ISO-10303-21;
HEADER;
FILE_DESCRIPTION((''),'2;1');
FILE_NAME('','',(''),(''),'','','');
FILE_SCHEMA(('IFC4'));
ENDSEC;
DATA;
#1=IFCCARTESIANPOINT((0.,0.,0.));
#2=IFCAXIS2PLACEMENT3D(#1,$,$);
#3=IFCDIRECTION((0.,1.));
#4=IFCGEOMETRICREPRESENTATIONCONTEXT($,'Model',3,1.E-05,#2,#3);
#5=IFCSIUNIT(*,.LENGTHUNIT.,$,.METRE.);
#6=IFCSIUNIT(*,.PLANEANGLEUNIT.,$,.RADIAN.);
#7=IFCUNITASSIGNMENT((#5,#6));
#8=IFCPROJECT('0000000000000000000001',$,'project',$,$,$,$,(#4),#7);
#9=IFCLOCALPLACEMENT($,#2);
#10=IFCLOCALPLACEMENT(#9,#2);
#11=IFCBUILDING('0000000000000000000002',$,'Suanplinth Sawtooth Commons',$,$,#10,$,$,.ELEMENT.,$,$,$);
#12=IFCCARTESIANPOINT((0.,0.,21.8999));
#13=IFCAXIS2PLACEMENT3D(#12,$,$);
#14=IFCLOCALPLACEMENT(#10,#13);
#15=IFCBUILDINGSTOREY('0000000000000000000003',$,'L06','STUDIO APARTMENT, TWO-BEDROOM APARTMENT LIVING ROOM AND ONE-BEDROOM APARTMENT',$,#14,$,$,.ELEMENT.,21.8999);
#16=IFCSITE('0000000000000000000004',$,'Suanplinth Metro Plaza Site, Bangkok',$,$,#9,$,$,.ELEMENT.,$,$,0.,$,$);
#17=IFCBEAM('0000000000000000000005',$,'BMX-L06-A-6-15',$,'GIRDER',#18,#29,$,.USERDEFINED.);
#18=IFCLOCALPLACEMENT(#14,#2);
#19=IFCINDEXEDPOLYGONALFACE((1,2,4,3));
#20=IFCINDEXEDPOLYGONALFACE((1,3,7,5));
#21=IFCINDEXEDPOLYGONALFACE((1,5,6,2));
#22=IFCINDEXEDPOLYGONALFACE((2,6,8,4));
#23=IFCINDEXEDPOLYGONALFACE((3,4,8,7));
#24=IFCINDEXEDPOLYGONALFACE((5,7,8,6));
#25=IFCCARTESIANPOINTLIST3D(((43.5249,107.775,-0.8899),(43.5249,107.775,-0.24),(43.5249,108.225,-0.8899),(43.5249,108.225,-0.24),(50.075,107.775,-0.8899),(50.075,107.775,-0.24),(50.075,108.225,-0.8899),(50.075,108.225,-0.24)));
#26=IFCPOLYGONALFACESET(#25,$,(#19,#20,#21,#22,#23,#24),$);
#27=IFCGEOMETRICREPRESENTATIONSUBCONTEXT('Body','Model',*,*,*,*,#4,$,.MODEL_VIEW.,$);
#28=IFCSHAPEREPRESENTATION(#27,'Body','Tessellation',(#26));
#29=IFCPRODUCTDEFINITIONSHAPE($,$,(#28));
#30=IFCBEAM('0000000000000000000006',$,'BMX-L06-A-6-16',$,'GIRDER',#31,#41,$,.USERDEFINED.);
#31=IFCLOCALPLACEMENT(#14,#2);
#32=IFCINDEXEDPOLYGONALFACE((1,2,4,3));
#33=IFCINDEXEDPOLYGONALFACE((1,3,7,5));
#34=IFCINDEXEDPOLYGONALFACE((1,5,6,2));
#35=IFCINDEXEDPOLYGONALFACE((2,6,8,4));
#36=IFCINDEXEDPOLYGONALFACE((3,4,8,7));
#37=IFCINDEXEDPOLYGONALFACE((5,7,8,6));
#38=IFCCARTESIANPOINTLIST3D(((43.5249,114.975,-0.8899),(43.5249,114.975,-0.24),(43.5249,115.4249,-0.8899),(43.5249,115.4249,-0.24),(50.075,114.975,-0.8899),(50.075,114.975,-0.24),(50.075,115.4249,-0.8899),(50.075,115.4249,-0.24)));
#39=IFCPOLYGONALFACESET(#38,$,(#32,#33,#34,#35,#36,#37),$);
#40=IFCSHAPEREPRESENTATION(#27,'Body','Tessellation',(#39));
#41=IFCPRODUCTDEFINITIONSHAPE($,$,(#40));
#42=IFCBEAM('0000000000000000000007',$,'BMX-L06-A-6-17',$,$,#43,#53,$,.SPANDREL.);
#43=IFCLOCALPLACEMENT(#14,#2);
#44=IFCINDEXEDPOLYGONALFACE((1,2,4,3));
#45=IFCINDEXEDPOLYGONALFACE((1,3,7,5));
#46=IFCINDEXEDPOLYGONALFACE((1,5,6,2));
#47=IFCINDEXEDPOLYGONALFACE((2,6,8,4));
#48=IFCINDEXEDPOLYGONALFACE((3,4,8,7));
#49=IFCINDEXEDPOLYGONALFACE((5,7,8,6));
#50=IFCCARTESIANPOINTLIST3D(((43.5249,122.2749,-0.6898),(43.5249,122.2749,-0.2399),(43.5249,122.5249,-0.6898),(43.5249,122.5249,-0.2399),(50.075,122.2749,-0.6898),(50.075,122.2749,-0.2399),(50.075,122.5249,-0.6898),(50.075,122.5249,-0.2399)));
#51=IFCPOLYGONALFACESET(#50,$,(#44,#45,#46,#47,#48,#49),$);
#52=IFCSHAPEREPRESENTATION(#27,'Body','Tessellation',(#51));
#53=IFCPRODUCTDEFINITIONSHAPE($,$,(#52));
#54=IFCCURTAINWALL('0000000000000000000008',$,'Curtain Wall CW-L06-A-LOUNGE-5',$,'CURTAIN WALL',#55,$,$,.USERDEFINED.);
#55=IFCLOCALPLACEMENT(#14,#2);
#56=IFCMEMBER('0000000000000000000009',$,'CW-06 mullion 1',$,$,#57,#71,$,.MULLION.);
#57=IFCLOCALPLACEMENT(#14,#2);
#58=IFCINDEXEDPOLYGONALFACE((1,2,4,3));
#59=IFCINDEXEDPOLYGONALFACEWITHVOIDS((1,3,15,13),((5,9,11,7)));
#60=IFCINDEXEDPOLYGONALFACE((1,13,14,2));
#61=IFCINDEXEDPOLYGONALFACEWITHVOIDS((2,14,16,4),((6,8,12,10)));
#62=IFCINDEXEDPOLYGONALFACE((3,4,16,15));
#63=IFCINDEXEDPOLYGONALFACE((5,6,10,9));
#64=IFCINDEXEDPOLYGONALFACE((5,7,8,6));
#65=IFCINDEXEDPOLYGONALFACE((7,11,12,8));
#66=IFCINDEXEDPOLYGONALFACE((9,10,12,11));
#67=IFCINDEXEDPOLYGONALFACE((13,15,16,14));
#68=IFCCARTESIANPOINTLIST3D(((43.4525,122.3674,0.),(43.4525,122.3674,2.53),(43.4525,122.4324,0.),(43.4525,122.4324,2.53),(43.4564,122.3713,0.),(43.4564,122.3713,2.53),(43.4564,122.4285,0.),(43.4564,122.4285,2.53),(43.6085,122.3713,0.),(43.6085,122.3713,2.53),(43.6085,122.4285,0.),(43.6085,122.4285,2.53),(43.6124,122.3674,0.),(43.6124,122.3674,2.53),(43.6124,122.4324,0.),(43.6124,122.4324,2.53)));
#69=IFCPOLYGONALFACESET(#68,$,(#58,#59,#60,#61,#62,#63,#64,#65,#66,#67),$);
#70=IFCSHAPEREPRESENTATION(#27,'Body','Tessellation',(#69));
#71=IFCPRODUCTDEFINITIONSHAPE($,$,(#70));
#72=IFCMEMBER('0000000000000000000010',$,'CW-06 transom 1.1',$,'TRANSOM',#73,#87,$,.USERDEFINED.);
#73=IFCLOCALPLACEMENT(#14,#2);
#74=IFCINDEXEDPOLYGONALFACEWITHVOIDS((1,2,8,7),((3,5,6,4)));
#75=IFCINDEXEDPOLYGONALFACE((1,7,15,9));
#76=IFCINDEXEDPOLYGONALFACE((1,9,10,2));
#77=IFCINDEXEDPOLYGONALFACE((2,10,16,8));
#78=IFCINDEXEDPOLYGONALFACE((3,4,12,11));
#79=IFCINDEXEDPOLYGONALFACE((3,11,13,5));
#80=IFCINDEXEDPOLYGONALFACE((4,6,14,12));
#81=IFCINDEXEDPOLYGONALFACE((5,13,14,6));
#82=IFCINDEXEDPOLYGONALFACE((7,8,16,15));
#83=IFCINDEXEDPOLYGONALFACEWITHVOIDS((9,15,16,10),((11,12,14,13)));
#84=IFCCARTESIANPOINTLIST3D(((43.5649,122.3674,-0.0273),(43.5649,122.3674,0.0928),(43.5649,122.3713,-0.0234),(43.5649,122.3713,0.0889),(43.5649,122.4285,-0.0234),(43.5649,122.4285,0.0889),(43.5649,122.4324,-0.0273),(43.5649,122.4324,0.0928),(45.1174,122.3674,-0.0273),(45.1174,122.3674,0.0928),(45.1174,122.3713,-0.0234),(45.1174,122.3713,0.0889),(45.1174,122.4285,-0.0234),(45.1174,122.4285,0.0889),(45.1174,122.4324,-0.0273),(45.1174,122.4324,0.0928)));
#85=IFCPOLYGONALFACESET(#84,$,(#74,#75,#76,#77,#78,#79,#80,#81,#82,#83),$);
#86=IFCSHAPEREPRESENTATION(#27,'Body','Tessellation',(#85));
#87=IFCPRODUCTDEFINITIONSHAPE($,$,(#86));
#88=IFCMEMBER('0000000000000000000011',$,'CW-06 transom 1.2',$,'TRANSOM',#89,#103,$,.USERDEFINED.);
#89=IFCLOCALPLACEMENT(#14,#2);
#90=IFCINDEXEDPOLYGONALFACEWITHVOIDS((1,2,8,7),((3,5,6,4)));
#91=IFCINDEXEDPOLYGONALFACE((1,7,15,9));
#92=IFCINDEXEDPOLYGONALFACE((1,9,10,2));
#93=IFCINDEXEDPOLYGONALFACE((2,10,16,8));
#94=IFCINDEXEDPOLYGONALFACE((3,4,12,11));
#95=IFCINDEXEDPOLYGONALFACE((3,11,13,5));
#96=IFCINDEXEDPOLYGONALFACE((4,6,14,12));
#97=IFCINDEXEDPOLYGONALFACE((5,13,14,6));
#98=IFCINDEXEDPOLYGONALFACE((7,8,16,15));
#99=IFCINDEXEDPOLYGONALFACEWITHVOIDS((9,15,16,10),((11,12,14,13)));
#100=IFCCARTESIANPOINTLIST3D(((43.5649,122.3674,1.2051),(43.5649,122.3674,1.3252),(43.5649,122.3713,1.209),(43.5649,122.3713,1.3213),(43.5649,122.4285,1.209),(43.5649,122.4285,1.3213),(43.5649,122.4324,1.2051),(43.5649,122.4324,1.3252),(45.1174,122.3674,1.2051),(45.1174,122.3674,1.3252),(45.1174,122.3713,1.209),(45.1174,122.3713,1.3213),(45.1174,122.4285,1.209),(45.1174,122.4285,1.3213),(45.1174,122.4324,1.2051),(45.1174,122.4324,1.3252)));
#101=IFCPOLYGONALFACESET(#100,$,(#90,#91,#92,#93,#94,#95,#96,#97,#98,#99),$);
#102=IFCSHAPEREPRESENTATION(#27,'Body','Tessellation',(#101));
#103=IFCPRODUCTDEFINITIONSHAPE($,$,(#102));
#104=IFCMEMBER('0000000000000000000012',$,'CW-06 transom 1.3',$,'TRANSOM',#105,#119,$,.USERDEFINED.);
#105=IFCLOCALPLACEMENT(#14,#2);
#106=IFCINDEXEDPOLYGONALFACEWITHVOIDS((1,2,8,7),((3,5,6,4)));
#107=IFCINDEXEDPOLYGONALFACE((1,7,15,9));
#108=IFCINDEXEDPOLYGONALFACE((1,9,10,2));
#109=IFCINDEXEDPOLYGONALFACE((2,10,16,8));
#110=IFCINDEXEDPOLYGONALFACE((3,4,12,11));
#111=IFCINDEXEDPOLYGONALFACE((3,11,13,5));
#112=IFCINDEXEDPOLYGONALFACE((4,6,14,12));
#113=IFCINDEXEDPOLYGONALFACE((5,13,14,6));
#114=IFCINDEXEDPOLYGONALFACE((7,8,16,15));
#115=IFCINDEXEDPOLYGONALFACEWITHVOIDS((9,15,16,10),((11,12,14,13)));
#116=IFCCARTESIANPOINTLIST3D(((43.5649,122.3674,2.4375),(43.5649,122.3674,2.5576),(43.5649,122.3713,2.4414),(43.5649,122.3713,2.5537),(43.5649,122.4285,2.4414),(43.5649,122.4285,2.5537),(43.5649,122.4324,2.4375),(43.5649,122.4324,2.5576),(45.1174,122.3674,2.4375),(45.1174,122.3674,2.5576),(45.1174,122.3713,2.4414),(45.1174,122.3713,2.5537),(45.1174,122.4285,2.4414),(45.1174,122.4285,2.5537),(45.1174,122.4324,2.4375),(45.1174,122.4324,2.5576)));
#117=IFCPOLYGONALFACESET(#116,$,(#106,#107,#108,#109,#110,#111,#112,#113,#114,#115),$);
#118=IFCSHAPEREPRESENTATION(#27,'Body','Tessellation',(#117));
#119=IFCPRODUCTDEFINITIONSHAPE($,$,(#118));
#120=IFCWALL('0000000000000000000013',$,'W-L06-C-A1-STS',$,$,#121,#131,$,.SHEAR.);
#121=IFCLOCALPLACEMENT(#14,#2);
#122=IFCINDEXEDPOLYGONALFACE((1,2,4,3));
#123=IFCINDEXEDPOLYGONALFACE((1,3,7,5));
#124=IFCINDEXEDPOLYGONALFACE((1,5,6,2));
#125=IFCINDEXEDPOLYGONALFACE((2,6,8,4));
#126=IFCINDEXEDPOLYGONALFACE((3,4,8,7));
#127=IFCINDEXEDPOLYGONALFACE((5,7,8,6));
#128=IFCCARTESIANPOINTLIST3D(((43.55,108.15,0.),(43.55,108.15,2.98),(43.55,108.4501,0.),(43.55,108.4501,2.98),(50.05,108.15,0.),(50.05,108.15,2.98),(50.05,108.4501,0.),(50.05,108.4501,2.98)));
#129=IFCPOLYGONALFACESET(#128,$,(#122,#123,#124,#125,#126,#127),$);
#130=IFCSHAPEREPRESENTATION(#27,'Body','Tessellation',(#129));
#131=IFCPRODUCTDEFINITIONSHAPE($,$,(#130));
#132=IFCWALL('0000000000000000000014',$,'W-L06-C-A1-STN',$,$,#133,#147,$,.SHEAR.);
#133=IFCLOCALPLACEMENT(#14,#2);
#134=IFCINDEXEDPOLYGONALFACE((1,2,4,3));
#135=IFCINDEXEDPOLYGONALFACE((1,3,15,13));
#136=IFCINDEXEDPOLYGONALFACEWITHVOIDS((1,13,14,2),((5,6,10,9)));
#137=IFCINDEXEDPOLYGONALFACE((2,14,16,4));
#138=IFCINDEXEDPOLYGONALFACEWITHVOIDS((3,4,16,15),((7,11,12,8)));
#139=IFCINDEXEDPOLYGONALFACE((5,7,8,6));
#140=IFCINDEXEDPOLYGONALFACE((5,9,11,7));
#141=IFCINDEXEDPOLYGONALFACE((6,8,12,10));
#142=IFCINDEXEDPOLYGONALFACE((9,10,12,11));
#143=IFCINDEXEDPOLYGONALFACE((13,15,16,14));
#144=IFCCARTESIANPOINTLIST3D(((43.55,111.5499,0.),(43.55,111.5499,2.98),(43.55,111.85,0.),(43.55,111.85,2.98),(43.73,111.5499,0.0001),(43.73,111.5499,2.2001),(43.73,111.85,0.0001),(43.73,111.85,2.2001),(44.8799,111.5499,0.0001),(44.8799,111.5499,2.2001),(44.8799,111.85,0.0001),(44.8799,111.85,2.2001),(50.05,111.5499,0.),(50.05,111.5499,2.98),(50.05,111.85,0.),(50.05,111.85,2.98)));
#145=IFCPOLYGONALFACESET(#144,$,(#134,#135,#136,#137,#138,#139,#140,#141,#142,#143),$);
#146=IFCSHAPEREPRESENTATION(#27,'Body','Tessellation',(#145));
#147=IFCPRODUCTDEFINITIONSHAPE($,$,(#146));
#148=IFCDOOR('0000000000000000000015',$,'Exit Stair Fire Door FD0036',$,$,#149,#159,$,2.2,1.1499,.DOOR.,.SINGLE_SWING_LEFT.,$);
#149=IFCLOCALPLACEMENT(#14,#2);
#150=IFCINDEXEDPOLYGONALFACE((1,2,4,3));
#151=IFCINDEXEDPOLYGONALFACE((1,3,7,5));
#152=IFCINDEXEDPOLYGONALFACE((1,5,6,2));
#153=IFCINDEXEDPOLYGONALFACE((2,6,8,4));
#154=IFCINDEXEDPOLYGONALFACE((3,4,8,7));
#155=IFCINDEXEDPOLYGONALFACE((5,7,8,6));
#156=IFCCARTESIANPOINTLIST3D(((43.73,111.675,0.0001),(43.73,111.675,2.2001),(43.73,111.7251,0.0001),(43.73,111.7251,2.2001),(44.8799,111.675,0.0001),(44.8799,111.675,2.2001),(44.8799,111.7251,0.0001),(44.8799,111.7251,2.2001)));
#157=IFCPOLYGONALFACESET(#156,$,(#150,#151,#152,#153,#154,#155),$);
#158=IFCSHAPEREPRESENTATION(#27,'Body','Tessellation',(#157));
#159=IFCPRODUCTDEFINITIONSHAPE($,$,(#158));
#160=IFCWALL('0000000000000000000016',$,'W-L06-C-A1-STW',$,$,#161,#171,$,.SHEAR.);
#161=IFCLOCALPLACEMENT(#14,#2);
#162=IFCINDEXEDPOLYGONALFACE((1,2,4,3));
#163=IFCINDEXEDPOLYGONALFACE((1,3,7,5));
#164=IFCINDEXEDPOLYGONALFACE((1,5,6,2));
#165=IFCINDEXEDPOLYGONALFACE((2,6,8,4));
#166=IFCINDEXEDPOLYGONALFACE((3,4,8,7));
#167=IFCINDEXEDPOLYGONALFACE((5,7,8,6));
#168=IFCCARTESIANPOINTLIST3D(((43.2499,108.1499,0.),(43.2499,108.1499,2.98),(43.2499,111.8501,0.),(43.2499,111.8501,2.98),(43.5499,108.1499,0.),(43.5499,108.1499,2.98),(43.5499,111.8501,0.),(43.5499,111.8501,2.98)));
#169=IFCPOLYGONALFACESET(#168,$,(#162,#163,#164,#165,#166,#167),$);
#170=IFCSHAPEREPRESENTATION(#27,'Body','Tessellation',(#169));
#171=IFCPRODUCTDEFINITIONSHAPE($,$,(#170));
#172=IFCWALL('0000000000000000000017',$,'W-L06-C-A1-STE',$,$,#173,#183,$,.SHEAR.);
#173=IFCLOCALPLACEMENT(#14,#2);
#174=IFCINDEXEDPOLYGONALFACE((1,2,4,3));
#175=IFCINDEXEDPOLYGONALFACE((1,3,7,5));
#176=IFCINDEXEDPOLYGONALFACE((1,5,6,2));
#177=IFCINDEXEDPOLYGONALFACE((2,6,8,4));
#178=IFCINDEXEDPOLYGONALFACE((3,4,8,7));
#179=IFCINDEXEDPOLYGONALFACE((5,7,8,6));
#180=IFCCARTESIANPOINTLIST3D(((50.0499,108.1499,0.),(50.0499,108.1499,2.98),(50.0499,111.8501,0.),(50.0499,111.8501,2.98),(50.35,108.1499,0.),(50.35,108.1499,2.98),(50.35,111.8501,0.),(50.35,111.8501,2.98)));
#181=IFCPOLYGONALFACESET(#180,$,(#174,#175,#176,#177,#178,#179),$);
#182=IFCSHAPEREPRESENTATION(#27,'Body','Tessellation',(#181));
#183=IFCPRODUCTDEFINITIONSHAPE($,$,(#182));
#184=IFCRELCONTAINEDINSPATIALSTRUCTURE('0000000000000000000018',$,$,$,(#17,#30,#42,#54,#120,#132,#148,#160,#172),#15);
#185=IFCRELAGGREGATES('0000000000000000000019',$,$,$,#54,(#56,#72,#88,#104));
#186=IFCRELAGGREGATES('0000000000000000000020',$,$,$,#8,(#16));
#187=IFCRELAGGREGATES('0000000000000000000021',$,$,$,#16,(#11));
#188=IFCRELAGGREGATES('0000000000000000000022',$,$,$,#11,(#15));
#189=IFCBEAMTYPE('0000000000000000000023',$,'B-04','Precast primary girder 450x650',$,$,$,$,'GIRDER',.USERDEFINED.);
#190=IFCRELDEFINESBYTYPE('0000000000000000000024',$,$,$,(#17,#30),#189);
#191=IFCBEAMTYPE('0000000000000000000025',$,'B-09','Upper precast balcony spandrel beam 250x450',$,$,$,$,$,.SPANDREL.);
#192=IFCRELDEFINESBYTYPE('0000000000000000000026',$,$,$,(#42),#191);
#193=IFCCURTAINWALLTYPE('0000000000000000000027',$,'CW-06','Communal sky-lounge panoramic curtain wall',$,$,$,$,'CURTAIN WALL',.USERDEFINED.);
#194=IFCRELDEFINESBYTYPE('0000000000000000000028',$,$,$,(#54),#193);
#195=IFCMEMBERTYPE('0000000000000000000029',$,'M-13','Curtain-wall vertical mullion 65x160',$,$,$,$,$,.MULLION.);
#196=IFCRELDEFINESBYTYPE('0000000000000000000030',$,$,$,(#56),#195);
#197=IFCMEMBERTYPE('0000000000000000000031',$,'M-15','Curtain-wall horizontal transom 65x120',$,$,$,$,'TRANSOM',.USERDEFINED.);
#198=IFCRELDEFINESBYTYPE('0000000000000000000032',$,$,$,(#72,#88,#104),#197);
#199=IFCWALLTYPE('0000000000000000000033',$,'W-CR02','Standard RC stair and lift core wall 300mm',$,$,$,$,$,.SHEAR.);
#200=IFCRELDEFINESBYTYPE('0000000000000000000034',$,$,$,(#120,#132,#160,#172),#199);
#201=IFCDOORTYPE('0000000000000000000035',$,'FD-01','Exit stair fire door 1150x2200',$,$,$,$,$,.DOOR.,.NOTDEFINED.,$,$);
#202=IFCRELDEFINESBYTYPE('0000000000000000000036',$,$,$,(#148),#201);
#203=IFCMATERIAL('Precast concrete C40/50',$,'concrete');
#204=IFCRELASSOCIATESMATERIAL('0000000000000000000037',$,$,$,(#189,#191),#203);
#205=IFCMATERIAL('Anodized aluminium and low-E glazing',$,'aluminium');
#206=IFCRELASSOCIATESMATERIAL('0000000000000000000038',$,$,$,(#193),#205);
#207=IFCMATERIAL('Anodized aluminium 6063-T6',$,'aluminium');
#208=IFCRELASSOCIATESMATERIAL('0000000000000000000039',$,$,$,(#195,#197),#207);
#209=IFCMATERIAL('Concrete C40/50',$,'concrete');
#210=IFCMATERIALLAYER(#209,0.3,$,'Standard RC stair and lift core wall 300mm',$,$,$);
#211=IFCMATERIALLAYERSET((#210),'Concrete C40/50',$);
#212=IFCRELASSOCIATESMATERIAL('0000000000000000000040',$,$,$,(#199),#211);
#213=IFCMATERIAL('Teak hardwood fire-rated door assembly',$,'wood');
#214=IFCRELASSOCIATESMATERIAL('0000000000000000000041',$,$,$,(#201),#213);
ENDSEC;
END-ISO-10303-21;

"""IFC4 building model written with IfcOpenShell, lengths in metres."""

from ifc_helpers import new_model, si_unit, direction, frame, frame_2d, origin, origin_2d, place, context, subcontext, project, spatial, rectangle, hollow_rectangle, extrude, material, layer, layer_set, material_profile, profile_set, type_object, element, fill, aggregate, save


model = new_model("IFC4")

# Units and contexts
model_context = context("Model", 3, precision=1e-05, world=origin(), true_north=direction((0.0, 1.0)))
body_context = subcontext(model_context, "Body", "Model", "MODEL_VIEW")
ifc_project = project(units=[si_unit("LENGTHUNIT", "METRE"), si_unit("PLANEANGLEUNIT", "RADIAN")], contexts=[model_context])

# Site, building, storey
site_placement = place(None, origin())
site = spatial("IfcSite", under=ifc_project, at=site_placement, Name="Suanplinth Metro Plaza Site, Bangkok", CompositionType="ELEMENT", RefElevation=0.0)
building_placement = place(site_placement, origin())
building = spatial("IfcBuilding", under=site, at=building_placement, Name="Suanplinth Sawtooth Commons", CompositionType="ELEMENT")
storey_placement = place(building_placement, frame((0.0, 0.0, 21.8999)))
storey = spatial("IfcBuildingStorey", under=building, at=storey_placement, Name="L06", Description="STUDIO APARTMENT, TWO-BEDROOM APARTMENT LIVING ROOM AND ONE-BEDROOM APARTMENT", CompositionType="ELEMENT", Elevation=21.8999)

# Beams
ifc_material_1 = material(Name="Precast concrete C40/50", Category="concrete")
ifc_material_profile_1 = material_profile(ifc_material_1, rectangle(XDim=0.45, YDim=0.6499, at=origin_2d()), Name="PC-GDR 450x650")
ifc_profile_set_1 = profile_set([ifc_material_profile_1], Name="Precast concrete C40/50")
beam_type_1 = type_object("IfcBeamType", Name="B-04", Description="Precast primary girder 450x650", ElementType="GIRDER", PredefinedType="USERDEFINED", material=ifc_profile_set_1)
for number, where, z_axis, x_axis, name in (
    (1, (43.5249, 108.0, -0.5649), (1.0, 0.0, 0.0), (0.0, 1.0, 0.0), "BMX-L06-A-6-15"),
    (2, (43.5249, 115.2, -0.5649), (1.0, 0.0, 0.0), (0.0, 1.0, 0.0), "BMX-L06-A-6-16"),
):
    element("IfcBeam", number, at=place(storey_placement, frame(where, z_axis=z_axis, x_axis=x_axis)), inside=storey, type_object=beam_type_1, Name=name, ObjectType="GIRDER", PredefinedType="USERDEFINED", context=body_context, shape_type="SweptSolid", body=[
        extrude(rectangle(XDim=0.45, YDim=0.6499, at=origin_2d()), origin(), (0.0, 0.0, 1.0), 6.55),
    ])
ifc_material_profile_2 = material_profile(ifc_material_1, rectangle(XDim=0.25, YDim=0.45, at=origin_2d()), Name="PC-SP 250x450")
ifc_profile_set_2 = profile_set([ifc_material_profile_2], Name="Precast concrete C40/50")
beam_type_2 = type_object("IfcBeamType", Name="B-09", Description="Upper precast balcony spandrel beam 250x450", PredefinedType="SPANDREL", material=ifc_profile_set_2)
beam_placement = place(storey_placement, frame((43.5249, 122.3999, -0.4648), z_axis=(1.0, 0.0, 0.0), x_axis=(0.0, 1.0, 0.0)))
element("IfcBeam", 3, at=beam_placement, inside=storey, type_object=beam_type_2, Name="BMX-L06-A-6-17", PredefinedType="SPANDREL", context=body_context, shape_type="SweptSolid", body=[
    extrude(rectangle(XDim=0.25, YDim=0.45, at=origin_2d()), origin(), (0.0, 0.0, 1.0), 6.55),
])

# Curtain wall, members
ifc_material_2 = material(Name="Anodized aluminium and low-E glazing", Category="aluminium")
curtain_wall_type = type_object("IfcCurtainWallType", Name="CW-06", Description="Communal sky-lounge panoramic curtain wall", ElementType="CURTAIN WALL", PredefinedType="USERDEFINED", material=ifc_material_2)
curtain_wall_placement = place(storey_placement, origin())
curtain_wall = element("IfcCurtainWall", 4, at=curtain_wall_placement, inside=storey, type_object=curtain_wall_type, Name="Curtain Wall CW-L06-A-LOUNGE-5", ObjectType="CURTAIN WALL", PredefinedType="USERDEFINED")
ifc_material_3 = material(Name="Anodized aluminium 6063-T6", Category="aluminium")
ifc_material_profile_3 = material_profile(ifc_material_3, hollow_rectangle(XDim=0.0649, YDim=0.1599, WallThickness=0.0039, at=origin_2d()), Name="ALU-MUL 65x160")
ifc_profile_set_3 = profile_set([ifc_material_profile_3], Name="Anodized aluminium 6063-T6")
member_type_1 = type_object("IfcMemberType", Name="M-13", Description="Curtain-wall vertical mullion 65x160", PredefinedType="MULLION", material=ifc_profile_set_3)
member_1_placement = place(storey_placement, frame((43.5325, 122.3999, 0.0), z_axis=(0.0, 0.0, 1.0), x_axis=(0.0, 1.0, 0.0)))
member_1 = element("IfcMember", 5, at=member_1_placement, type_object=member_type_1, Name="CW-06 mullion 1", PredefinedType="MULLION", context=body_context, shape_type="SweptSolid", body=[
    extrude(hollow_rectangle(XDim=0.0649, YDim=0.1599, WallThickness=0.0039, at=origin_2d()), origin(), (0.0, 0.0, 1.0), 2.53),
])
ifc_material_profile_4 = material_profile(ifc_material_3, hollow_rectangle(XDim=0.0649, YDim=0.1201, WallThickness=0.0039, at=origin_2d()), Name="ALU-TRN 65x120")
ifc_profile_set_4 = profile_set([ifc_material_profile_4], Name="Anodized aluminium 6063-T6")
member_type_2 = type_object("IfcMemberType", Name="M-15", Description="Curtain-wall horizontal transom 65x120", ElementType="TRANSOM", PredefinedType="USERDEFINED", material=ifc_profile_set_4)
member_2_placement = place(storey_placement, frame((43.5649, 122.3999, 0.0327), z_axis=(1.0, 0.0, 0.0), x_axis=(0.0, 1.0, 0.0)))
member_2 = element("IfcMember", 6, at=member_2_placement, type_object=member_type_2, Name="CW-06 transom 1.1", ObjectType="TRANSOM", PredefinedType="USERDEFINED", context=body_context, shape_type="SweptSolid", body=[
    extrude(hollow_rectangle(XDim=0.0649, YDim=0.1201, WallThickness=0.0039, at=origin_2d()), origin(), (0.0, 0.0, 1.0), 1.5525),
])
member_3_placement = place(storey_placement, frame((43.5649, 122.3999, 1.2651), z_axis=(1.0, 0.0, 0.0), x_axis=(0.0, 1.0, 0.0)))
member_3 = element("IfcMember", 7, at=member_3_placement, type_object=member_type_2, Name="CW-06 transom 1.2", ObjectType="TRANSOM", PredefinedType="USERDEFINED", context=body_context, shape_type="SweptSolid", body=[
    extrude(hollow_rectangle(XDim=0.0649, YDim=0.1201, WallThickness=0.0039, at=origin_2d()), origin(), (0.0, 0.0, 1.0), 1.5525),
])
member_4_placement = place(storey_placement, frame((43.5649, 122.3999, 2.4976), z_axis=(1.0, 0.0, 0.0), x_axis=(0.0, 1.0, 0.0)))
member_4 = element("IfcMember", 8, at=member_4_placement, type_object=member_type_2, Name="CW-06 transom 1.3", ObjectType="TRANSOM", PredefinedType="USERDEFINED", context=body_context, shape_type="SweptSolid", body=[
    extrude(hollow_rectangle(XDim=0.0649, YDim=0.1201, WallThickness=0.0039, at=origin_2d()), origin(), (0.0, 0.0, 1.0), 1.5525),
])
aggregate(curtain_wall, [member_1, member_2, member_3, member_4])

# Wall
ifc_material_4 = material(Name="Concrete C40/50", Category="concrete")
ifc_layer_1 = layer(ifc_material_4, 0.3, Name="Standard RC stair and lift core wall 300mm")
ifc_layer_set_1 = layer_set([ifc_layer_1], Name="Concrete C40/50")
wall_type_1 = type_object("IfcWallType", Name="W-CR02", Description="Standard RC stair and lift core wall 300mm", PredefinedType="SHEAR", material=ifc_layer_set_1)
wall_1_placement = place(storey_placement, frame((43.55, 108.3, 0.0), z_axis=(0.0, 0.0, 1.0), x_axis=(1.0, 0.0, 0.0)))
element("IfcWall", 9, at=wall_1_placement, inside=storey, type_object=wall_type_1, Name="W-L06-C-A1-STS", PredefinedType="SHEAR", context=body_context, shape_type="SweptSolid", body=[
    extrude(rectangle(XDim=6.5, YDim=0.3, at=frame_2d((3.25, 0.0))), origin(), (0.0, 0.0, 1.0), 2.98),
])

# Wall, opening, door
wall_2_placement = place(storey_placement, frame((43.55, 111.7, 0.0), z_axis=(0.0, 0.0, 1.0), x_axis=(1.0, 0.0, 0.0)))
wall_2 = element("IfcWall", 10, at=wall_2_placement, inside=storey, type_object=wall_type_1, Name="W-L06-C-A1-STN", PredefinedType="SHEAR", context=body_context, shape_type="SweptSolid", body=[
    extrude(rectangle(XDim=6.5, YDim=0.3, at=frame_2d((3.25, 0.0))), origin(), (0.0, 0.0, 1.0), 2.98),
])
opening_1_placement = place(wall_2_placement, frame((0.1799, 0.0, 0.0)))
opening_1 = element("IfcOpeningElement", 11, at=opening_1_placement, cuts=wall_2, PredefinedType="OPENING", context=body_context, shape_type="SweptSolid", body=[
    extrude(rectangle(XDim=1.1499, YDim=2.2, at=frame_2d((0.575, 1.1001))), frame((0.0, 0.165, 0.0), z_axis=(0.0, -1.0, 0.0), x_axis=(1.0, 0.0, 0.0)), (0.0, 0.0, 1.0), 0.3298),
])
ifc_material_5 = material(Name="Teak hardwood fire-rated door assembly", Category="wood")
door_type_1 = type_object("IfcDoorType", Name="FD-01", Description="Exit stair fire door 1150x2200", OperationType="NOTDEFINED", PredefinedType="DOOR", material=ifc_material_5)
door_1_placement = place(opening_1_placement, frame((1.1499, 0.0, 0.0), z_axis=(0.0, 0.0, 1.0), x_axis=(-1.0, 0.0, 0.0)))
door_1 = element("IfcDoor", 12, at=door_1_placement, inside=storey, type_object=door_type_1, Name="Exit Stair Fire Door FD0036", OperationType="SINGLE_SWING_LEFT", OverallHeight=2.2, OverallWidth=1.1499, PredefinedType="DOOR", context=body_context, shape_type="SweptSolid", body=[
    extrude(rectangle(XDim=1.1499, YDim=2.2, at=frame_2d((0.575, 1.1001))), frame((0.0, 0.0249, 0.0), z_axis=(0.0, -1.0, 0.0), x_axis=(1.0, 0.0, 0.0)), (0.0, 0.0, 1.0), 0.05),
])
fill(opening_1, door_1)

# Walls
for number, where, z_axis, x_axis, name in (
    (13, (43.3999, 108.1499, 0.0), (0.0, 0.0, 1.0), (0.0, 1.0, 0.0), "W-L06-C-A1-STW"),
    (14, (50.2, 108.1499, 0.0), (0.0, 0.0, 1.0), (0.0, 1.0, 0.0), "W-L06-C-A1-STE"),
):
    element("IfcWall", number, at=place(storey_placement, frame(where, z_axis=z_axis, x_axis=x_axis)), inside=storey, type_object=wall_type_1, Name=name, PredefinedType="SHEAR", context=body_context, shape_type="SweptSolid", body=[
        extrude(rectangle(XDim=3.7002, YDim=0.3, at=frame_2d((1.8501, 0.0))), origin(), (0.0, 0.0, 1.0), 2.98),
    ])

save(model, "model.ifc")
